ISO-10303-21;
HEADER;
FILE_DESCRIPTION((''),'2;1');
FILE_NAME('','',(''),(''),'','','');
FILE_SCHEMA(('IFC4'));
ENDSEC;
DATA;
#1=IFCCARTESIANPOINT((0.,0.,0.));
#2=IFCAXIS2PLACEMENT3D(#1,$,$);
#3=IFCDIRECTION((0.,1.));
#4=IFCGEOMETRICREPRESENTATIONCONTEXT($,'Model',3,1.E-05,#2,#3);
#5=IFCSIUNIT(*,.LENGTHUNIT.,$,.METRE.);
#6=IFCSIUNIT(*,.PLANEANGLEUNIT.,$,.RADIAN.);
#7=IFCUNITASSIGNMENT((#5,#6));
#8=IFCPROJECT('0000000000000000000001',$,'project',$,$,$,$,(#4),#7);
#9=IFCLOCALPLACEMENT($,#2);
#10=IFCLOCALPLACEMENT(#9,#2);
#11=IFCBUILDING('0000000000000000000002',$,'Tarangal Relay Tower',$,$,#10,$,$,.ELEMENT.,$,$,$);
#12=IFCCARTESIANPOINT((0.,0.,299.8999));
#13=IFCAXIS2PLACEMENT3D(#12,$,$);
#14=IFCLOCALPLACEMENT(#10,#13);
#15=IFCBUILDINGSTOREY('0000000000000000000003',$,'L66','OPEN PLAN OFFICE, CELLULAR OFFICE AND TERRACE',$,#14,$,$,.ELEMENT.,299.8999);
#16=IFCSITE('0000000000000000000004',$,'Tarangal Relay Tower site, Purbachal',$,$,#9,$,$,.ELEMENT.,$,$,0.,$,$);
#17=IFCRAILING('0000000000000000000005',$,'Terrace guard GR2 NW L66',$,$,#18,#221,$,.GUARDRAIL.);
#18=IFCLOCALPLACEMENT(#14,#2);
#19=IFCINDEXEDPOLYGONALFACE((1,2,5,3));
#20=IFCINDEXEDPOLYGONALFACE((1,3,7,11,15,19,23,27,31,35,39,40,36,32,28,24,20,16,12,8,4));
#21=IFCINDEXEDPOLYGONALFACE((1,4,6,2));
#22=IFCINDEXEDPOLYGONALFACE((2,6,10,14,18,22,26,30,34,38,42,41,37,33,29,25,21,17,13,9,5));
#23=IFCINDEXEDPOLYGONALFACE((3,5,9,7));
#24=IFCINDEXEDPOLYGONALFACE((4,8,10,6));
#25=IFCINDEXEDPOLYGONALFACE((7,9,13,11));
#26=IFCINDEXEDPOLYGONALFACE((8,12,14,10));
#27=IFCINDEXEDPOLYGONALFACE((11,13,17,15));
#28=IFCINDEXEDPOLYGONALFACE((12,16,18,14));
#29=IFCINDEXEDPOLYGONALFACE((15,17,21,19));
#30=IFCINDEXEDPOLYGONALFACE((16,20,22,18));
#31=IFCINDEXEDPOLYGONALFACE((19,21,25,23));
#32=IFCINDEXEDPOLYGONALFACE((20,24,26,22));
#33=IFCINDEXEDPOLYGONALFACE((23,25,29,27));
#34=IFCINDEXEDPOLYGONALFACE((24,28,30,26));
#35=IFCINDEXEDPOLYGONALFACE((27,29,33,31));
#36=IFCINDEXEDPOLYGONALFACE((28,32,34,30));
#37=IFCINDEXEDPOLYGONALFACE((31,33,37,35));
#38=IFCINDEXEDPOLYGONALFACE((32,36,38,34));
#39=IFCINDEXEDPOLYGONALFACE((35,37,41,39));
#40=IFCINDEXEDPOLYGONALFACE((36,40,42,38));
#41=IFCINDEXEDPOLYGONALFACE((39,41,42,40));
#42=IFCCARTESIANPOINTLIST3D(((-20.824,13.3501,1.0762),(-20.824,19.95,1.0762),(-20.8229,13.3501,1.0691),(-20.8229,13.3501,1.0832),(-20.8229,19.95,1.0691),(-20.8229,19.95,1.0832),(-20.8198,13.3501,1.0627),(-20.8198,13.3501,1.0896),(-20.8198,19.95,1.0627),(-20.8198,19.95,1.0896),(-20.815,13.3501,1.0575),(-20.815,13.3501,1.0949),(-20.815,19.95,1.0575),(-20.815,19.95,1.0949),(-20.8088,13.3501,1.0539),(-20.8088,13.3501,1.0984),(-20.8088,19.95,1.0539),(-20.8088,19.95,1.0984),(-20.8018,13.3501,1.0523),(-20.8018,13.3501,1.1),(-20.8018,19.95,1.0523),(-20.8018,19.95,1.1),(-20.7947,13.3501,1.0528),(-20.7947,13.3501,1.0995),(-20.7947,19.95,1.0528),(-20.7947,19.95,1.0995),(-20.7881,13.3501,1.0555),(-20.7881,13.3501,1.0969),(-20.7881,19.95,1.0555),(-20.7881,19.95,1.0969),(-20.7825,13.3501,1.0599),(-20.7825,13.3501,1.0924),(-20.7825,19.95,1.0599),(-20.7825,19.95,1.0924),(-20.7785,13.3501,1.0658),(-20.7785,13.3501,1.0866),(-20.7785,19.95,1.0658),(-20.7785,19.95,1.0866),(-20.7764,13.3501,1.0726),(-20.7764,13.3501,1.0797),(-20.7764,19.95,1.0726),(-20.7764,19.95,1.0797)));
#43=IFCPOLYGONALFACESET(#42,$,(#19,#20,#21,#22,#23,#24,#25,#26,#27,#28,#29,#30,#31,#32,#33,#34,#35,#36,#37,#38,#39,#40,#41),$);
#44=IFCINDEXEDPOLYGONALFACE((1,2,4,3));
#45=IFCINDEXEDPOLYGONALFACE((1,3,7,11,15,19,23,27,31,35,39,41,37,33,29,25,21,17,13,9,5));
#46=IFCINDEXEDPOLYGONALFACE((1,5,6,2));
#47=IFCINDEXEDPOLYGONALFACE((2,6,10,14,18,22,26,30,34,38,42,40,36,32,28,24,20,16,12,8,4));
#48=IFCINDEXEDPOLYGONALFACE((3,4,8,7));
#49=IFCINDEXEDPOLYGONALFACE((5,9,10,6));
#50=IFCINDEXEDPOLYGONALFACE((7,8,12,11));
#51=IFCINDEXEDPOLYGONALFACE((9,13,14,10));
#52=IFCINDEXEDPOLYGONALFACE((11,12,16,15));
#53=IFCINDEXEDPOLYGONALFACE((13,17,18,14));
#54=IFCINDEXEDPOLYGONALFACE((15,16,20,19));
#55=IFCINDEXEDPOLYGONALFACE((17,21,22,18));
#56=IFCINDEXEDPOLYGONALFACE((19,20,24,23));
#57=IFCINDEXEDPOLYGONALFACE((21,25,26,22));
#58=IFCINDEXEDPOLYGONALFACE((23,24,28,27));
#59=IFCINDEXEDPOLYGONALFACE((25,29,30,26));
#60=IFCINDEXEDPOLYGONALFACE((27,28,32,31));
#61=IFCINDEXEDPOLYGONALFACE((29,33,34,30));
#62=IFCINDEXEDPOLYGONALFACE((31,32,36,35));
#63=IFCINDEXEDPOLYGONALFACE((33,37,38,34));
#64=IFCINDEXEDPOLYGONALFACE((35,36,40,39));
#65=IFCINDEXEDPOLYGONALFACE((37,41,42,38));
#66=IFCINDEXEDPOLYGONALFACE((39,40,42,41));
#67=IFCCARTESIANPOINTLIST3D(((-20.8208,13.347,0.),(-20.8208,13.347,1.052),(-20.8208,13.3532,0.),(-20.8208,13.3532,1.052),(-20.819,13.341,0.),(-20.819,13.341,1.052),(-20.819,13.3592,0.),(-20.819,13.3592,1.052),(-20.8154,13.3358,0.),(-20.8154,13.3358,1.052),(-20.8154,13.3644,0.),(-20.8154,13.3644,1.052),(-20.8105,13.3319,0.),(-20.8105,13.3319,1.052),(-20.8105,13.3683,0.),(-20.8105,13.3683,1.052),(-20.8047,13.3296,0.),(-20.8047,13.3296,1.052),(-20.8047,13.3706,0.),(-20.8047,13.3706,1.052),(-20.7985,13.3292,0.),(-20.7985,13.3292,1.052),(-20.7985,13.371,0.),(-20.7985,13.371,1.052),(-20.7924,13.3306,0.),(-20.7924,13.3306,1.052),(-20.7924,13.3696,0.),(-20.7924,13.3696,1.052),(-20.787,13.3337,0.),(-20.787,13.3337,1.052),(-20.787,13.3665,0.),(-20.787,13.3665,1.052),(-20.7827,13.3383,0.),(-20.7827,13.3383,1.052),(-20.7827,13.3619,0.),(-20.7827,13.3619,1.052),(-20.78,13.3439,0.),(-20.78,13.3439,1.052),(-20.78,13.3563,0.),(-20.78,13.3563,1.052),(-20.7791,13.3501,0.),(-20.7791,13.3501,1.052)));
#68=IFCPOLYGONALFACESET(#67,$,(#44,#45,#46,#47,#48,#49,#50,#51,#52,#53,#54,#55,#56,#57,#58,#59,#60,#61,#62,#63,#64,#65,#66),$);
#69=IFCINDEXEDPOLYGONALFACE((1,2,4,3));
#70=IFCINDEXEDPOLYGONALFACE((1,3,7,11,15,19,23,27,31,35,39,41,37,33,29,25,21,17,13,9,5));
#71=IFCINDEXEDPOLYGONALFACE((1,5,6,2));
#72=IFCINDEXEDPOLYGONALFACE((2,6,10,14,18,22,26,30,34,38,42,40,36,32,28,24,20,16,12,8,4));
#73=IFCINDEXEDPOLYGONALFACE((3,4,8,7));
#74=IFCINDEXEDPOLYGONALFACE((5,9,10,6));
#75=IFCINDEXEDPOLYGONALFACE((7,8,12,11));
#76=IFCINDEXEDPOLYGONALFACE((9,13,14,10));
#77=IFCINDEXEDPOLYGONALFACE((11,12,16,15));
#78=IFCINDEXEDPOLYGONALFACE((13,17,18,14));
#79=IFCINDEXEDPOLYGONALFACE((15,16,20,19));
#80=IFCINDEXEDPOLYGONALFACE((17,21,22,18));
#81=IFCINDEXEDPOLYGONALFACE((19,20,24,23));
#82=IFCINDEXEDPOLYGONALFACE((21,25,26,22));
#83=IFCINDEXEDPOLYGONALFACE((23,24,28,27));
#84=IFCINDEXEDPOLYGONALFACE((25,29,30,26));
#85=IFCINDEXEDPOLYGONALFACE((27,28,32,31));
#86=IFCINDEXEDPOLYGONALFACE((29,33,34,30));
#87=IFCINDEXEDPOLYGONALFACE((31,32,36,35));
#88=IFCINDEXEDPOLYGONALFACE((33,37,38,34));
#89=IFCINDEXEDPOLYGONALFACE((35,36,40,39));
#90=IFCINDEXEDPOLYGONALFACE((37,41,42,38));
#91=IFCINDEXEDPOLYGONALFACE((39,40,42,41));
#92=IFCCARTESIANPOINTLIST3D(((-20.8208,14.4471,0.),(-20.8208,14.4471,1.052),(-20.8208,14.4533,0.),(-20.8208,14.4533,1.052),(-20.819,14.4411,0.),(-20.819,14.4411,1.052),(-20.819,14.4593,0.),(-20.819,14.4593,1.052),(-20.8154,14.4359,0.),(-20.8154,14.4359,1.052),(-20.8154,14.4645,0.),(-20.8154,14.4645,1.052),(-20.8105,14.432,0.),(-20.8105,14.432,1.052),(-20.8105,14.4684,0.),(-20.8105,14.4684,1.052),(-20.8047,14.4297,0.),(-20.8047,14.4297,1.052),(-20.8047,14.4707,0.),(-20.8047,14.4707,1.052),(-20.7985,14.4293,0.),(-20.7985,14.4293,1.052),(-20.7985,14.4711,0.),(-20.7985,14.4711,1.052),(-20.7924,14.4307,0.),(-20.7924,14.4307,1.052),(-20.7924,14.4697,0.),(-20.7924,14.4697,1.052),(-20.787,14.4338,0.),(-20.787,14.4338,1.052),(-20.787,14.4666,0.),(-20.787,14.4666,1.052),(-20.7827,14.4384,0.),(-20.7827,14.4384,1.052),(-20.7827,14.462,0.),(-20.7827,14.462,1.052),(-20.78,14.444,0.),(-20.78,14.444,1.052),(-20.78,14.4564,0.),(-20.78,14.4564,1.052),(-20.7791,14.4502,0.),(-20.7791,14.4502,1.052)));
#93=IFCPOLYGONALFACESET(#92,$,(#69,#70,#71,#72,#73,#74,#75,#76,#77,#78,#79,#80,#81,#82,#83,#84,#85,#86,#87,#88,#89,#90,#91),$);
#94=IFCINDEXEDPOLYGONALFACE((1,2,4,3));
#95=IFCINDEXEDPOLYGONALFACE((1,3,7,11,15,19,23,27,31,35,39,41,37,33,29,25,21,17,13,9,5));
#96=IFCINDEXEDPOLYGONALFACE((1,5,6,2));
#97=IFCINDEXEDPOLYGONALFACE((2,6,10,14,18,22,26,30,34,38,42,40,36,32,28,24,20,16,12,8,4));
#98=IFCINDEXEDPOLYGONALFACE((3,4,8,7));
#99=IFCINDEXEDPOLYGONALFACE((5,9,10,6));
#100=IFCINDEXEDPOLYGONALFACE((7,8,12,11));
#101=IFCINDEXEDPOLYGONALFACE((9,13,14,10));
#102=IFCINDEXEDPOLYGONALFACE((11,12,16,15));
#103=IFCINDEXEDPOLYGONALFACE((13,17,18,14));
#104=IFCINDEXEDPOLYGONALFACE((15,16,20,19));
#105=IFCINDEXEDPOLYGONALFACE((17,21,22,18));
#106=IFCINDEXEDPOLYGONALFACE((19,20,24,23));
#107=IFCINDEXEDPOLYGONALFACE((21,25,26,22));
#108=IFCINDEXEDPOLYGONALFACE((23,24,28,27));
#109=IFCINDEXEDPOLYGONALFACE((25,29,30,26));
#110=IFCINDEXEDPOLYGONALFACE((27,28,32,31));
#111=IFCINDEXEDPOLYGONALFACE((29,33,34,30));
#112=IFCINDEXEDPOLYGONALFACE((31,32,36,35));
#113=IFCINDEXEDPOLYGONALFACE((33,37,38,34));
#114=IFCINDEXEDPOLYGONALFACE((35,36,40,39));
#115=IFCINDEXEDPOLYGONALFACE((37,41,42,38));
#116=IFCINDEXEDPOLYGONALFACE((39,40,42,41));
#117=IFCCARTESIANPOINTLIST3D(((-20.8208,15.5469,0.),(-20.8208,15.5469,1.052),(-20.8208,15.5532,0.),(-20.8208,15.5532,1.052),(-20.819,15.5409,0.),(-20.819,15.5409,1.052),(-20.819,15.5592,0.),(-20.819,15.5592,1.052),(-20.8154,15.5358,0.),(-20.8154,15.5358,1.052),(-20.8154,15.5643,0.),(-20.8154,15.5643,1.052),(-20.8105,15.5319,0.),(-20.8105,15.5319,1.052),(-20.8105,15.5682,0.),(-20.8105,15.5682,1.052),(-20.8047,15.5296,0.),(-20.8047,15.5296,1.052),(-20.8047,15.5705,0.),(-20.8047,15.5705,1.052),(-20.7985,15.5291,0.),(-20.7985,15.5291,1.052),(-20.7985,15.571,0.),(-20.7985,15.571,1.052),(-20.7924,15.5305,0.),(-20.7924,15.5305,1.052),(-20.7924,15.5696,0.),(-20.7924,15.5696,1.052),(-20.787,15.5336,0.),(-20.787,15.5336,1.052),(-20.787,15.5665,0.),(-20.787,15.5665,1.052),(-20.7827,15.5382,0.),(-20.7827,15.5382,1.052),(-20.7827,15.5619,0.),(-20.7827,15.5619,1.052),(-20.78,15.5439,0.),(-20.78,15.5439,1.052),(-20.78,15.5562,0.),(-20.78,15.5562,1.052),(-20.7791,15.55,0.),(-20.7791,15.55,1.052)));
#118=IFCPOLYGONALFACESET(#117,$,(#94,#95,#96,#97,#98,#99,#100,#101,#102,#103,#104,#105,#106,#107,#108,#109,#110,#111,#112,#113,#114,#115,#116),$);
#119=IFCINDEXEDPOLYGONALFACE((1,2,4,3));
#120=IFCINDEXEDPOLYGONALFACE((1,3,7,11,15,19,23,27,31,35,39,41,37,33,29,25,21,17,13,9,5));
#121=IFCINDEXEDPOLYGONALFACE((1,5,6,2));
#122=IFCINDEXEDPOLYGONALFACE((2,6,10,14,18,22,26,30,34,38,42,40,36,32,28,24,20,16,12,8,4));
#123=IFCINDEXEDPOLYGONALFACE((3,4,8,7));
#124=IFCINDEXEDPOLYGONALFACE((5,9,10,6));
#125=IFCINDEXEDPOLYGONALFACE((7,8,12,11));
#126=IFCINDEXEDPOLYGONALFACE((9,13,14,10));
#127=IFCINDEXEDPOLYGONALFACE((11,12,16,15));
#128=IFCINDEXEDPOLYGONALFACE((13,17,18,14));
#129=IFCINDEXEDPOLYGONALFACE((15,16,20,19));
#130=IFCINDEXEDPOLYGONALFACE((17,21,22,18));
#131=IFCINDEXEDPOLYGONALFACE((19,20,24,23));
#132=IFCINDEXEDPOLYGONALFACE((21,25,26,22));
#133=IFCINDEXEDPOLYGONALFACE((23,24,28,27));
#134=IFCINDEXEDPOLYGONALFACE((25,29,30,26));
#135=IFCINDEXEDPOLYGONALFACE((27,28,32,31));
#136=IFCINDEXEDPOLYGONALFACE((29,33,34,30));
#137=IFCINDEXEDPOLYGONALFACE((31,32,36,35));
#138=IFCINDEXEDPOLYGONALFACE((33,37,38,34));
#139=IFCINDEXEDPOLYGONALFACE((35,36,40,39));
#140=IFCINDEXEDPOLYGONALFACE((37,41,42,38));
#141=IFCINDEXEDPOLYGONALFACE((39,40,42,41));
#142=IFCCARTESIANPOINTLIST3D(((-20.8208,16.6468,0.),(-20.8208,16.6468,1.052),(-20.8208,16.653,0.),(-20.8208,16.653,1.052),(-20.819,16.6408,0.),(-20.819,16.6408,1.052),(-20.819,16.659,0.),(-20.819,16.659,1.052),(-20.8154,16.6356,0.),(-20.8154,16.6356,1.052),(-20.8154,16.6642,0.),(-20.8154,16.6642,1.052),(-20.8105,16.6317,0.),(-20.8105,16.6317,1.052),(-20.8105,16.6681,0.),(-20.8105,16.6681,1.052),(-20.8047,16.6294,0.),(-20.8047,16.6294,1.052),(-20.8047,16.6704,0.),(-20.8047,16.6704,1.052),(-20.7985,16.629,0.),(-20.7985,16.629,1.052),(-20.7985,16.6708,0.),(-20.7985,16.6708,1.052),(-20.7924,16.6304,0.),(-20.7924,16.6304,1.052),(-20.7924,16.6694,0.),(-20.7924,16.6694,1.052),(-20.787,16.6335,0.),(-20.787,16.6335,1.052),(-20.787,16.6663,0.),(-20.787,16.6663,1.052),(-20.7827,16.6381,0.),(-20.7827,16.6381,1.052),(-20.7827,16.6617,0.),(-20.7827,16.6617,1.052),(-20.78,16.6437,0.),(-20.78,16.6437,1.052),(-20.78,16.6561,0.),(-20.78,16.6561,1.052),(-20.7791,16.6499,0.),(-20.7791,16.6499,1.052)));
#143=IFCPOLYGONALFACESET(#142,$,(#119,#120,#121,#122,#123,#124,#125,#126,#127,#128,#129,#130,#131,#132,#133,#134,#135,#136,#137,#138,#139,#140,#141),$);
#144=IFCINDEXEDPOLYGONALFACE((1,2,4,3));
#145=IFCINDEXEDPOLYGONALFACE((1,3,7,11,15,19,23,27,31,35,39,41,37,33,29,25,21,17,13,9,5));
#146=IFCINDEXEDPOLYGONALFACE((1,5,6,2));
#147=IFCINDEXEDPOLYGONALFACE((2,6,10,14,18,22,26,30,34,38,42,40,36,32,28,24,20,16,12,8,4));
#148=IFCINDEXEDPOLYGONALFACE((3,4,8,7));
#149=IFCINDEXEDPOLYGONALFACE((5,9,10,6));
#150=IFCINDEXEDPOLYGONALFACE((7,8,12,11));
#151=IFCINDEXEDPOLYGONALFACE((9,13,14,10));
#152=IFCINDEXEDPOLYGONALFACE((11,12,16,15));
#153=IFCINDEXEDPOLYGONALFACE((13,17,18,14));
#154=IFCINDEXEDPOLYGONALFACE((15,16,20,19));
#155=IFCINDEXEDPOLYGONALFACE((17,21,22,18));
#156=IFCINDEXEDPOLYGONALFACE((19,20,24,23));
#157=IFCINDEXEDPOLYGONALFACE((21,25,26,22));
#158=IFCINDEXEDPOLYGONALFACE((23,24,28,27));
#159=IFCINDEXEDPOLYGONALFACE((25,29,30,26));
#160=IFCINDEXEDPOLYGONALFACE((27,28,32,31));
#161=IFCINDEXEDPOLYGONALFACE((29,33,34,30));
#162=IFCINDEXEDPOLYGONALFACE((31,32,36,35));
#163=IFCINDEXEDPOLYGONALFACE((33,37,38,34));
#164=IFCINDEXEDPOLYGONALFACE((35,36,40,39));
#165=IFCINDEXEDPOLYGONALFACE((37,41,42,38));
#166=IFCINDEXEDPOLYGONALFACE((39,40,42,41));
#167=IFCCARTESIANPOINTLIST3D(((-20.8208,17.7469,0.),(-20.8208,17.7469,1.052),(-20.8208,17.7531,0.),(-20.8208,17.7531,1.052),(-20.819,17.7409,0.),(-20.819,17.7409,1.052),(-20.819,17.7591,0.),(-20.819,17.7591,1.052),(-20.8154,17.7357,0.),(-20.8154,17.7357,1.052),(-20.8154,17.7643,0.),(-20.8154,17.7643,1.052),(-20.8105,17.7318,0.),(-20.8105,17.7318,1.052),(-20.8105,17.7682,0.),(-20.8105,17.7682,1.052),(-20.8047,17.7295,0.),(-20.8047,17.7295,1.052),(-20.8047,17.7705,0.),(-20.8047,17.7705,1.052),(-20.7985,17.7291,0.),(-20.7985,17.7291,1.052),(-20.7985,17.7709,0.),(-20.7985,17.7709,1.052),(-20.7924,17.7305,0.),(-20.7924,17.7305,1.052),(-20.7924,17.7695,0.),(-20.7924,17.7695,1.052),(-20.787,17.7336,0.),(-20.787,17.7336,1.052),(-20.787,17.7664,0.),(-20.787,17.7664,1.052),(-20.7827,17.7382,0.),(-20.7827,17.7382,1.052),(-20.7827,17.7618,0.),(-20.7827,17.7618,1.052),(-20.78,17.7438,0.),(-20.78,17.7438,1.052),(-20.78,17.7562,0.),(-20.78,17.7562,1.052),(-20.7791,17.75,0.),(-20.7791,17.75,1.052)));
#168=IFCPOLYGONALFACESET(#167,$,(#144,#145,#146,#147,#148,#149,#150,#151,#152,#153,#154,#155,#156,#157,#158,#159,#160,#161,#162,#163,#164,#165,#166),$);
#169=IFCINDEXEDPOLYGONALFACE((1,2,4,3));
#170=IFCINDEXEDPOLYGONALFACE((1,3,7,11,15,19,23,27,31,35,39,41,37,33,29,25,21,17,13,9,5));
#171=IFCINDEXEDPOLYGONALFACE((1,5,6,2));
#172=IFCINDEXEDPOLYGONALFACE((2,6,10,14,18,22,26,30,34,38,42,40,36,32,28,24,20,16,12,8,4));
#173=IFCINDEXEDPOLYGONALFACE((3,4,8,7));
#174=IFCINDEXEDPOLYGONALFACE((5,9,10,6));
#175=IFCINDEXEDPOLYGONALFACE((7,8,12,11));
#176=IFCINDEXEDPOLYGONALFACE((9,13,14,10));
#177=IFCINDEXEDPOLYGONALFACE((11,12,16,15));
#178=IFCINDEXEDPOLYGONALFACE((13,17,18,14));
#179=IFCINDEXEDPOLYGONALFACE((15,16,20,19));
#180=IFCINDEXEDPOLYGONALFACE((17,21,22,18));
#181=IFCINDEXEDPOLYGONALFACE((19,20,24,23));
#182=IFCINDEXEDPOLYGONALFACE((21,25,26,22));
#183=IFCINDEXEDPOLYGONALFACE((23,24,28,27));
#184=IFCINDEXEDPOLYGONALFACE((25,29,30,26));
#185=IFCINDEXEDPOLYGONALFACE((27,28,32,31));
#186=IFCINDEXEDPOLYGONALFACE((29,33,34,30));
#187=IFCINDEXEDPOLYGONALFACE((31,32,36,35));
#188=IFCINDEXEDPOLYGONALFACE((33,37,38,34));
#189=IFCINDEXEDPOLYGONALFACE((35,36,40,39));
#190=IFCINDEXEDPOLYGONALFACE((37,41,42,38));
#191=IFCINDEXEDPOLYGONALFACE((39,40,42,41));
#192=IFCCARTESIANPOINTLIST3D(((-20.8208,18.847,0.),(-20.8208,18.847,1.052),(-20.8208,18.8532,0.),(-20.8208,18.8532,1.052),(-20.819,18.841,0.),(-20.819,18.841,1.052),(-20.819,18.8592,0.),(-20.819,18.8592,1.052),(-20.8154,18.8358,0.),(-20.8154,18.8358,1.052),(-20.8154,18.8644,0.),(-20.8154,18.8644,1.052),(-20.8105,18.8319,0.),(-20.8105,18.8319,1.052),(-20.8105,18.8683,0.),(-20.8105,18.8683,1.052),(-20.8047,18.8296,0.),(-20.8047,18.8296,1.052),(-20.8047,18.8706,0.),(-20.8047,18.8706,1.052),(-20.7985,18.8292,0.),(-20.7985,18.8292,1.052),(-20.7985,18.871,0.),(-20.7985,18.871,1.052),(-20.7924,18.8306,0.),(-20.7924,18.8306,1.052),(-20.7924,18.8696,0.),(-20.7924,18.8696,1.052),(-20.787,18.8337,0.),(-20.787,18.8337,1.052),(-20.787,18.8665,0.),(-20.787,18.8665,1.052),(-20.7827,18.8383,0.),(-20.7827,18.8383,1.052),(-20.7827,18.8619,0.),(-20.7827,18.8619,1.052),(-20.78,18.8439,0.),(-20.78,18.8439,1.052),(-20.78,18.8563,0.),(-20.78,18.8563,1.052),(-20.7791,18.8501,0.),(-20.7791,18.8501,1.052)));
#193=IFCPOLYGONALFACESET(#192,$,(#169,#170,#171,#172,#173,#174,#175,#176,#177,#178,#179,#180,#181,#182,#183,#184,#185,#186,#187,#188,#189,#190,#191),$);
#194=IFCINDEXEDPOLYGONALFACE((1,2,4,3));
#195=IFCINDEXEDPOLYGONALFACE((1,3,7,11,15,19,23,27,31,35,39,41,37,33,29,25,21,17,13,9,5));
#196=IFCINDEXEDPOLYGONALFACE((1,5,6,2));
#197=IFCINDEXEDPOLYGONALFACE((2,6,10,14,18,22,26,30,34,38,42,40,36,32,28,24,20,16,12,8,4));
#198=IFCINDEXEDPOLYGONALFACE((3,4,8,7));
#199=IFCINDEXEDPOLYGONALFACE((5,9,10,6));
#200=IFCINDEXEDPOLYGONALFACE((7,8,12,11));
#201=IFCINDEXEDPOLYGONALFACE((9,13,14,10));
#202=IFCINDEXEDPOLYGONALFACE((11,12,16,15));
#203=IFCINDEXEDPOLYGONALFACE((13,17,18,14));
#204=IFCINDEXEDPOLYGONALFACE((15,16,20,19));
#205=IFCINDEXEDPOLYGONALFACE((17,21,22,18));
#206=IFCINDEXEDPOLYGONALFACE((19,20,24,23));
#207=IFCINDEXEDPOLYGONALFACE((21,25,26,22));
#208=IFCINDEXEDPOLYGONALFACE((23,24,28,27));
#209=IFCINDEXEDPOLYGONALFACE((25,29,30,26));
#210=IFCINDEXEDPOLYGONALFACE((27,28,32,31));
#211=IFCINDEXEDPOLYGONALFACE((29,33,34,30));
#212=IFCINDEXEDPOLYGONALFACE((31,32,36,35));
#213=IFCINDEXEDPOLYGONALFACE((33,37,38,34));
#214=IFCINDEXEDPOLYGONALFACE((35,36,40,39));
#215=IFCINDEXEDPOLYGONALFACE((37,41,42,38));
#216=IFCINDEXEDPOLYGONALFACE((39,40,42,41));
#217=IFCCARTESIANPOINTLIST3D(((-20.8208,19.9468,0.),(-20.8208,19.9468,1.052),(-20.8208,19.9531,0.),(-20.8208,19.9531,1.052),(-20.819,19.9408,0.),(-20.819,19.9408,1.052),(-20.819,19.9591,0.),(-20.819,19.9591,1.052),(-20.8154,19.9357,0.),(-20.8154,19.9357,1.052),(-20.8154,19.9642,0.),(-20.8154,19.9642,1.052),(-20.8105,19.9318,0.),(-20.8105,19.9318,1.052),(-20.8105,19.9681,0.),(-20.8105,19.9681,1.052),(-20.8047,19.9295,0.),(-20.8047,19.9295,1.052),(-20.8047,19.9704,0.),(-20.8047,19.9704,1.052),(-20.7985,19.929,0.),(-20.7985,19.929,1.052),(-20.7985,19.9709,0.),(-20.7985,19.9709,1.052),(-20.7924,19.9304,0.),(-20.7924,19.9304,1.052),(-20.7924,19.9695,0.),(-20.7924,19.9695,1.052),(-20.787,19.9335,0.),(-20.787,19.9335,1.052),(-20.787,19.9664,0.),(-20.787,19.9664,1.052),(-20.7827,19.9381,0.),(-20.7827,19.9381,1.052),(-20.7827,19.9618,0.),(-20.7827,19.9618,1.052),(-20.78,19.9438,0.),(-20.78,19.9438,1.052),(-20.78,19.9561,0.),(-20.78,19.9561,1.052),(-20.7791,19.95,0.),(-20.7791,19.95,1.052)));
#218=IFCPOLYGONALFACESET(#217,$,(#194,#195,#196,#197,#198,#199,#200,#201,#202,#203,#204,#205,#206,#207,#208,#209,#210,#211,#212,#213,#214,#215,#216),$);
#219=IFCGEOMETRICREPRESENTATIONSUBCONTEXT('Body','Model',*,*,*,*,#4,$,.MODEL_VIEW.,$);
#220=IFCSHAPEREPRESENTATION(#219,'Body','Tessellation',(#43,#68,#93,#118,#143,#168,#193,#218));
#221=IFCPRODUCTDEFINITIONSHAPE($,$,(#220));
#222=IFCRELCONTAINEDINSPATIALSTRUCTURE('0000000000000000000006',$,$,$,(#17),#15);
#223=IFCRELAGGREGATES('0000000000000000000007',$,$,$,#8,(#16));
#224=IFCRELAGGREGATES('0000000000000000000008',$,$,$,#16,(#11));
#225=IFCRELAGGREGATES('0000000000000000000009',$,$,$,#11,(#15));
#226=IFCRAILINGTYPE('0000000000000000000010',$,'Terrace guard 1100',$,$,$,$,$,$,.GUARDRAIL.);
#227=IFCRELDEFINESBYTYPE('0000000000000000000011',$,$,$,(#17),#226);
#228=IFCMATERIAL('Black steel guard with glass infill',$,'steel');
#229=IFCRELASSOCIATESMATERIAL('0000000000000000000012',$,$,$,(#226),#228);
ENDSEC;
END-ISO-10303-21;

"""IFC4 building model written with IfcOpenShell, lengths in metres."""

from ifc_helpers import new_model, si_unit, direction, frame, origin, origin_2d, place, context, subcontext, project, spatial, circle, extrude, material, type_object, element, save


model = new_model("IFC4")

# Units and contexts
model_context = context("Model", 3, precision=1e-05, world=origin(), true_north=direction((0.0, 1.0)))
body_context = subcontext(model_context, "Body", "Model", "MODEL_VIEW")
ifc_project = project(units=[si_unit("LENGTHUNIT", "METRE"), si_unit("PLANEANGLEUNIT", "RADIAN")], contexts=[model_context])

# Site, building, storey
site_placement = place(None, origin())
site = spatial("IfcSite", under=ifc_project, at=site_placement, Name="Tarangal Relay Tower site, Purbachal", CompositionType="ELEMENT", RefElevation=0.0)
building_placement = place(site_placement, origin())
building = spatial("IfcBuilding", under=site, at=building_placement, Name="Tarangal Relay Tower", CompositionType="ELEMENT")
storey_placement = place(building_placement, frame((0.0, 0.0, 299.8999)))
storey = spatial("IfcBuildingStorey", under=building, at=storey_placement, Name="L66", Description="OPEN PLAN OFFICE, CELLULAR OFFICE AND TERRACE", CompositionType="ELEMENT", Elevation=299.8999)

# Railing
ifc_material_1 = material(Name="Black steel guard with glass infill", Category="steel")
railing_type = type_object("IfcRailingType", Name="Terrace guard 1100", PredefinedType="GUARDRAIL", material=ifc_material_1)
railing_1_placement = place(storey_placement, frame((-20.8, 13.3501, 0.0)))
element("IfcRailing", 1, at=railing_1_placement, inside=storey, type_object=railing_type, Name="Terrace guard GR2 NW L66", PredefinedType="GUARDRAIL", context=body_context, shape_type="SweptSolid", body=[
    extrude(circle(Radius=0.0239, at=origin_2d()), frame((0.0, 0.0, 1.0762), z_axis=(0.0, 1.0, 0.0), x_axis=(-1.0, 0.0, 0.0)), (0.0, 0.0, 1.0), 6.5999),
    extrude(circle(Radius=0.021, at=origin_2d()), origin(), (0.0, 0.0, 1.0), 1.052),
    extrude(circle(Radius=0.021, at=origin_2d()), frame((0.0, 1.1001, 0.0)), (0.0, 0.0, 1.0), 1.052),
    extrude(circle(Radius=0.021, at=origin_2d()), frame((0.0, 2.2, 0.0)), (0.0, 0.0, 1.0), 1.052),
    extrude(circle(Radius=0.021, at=origin_2d()), frame((0.0, 3.2998, 0.0)), (0.0, 0.0, 1.0), 1.052),
    extrude(circle(Radius=0.021, at=origin_2d()), frame((0.0, 4.3999, 0.0)), (0.0, 0.0, 1.0), 1.052),
    extrude(circle(Radius=0.021, at=origin_2d()), frame((0.0, 5.5, 0.0)), (0.0, 0.0, 1.0), 1.052),
    extrude(circle(Radius=0.021, at=origin_2d()), frame((0.0, 6.5999, 0.0)), (0.0, 0.0, 1.0), 1.052),
])

save(model, "model.ifc")
